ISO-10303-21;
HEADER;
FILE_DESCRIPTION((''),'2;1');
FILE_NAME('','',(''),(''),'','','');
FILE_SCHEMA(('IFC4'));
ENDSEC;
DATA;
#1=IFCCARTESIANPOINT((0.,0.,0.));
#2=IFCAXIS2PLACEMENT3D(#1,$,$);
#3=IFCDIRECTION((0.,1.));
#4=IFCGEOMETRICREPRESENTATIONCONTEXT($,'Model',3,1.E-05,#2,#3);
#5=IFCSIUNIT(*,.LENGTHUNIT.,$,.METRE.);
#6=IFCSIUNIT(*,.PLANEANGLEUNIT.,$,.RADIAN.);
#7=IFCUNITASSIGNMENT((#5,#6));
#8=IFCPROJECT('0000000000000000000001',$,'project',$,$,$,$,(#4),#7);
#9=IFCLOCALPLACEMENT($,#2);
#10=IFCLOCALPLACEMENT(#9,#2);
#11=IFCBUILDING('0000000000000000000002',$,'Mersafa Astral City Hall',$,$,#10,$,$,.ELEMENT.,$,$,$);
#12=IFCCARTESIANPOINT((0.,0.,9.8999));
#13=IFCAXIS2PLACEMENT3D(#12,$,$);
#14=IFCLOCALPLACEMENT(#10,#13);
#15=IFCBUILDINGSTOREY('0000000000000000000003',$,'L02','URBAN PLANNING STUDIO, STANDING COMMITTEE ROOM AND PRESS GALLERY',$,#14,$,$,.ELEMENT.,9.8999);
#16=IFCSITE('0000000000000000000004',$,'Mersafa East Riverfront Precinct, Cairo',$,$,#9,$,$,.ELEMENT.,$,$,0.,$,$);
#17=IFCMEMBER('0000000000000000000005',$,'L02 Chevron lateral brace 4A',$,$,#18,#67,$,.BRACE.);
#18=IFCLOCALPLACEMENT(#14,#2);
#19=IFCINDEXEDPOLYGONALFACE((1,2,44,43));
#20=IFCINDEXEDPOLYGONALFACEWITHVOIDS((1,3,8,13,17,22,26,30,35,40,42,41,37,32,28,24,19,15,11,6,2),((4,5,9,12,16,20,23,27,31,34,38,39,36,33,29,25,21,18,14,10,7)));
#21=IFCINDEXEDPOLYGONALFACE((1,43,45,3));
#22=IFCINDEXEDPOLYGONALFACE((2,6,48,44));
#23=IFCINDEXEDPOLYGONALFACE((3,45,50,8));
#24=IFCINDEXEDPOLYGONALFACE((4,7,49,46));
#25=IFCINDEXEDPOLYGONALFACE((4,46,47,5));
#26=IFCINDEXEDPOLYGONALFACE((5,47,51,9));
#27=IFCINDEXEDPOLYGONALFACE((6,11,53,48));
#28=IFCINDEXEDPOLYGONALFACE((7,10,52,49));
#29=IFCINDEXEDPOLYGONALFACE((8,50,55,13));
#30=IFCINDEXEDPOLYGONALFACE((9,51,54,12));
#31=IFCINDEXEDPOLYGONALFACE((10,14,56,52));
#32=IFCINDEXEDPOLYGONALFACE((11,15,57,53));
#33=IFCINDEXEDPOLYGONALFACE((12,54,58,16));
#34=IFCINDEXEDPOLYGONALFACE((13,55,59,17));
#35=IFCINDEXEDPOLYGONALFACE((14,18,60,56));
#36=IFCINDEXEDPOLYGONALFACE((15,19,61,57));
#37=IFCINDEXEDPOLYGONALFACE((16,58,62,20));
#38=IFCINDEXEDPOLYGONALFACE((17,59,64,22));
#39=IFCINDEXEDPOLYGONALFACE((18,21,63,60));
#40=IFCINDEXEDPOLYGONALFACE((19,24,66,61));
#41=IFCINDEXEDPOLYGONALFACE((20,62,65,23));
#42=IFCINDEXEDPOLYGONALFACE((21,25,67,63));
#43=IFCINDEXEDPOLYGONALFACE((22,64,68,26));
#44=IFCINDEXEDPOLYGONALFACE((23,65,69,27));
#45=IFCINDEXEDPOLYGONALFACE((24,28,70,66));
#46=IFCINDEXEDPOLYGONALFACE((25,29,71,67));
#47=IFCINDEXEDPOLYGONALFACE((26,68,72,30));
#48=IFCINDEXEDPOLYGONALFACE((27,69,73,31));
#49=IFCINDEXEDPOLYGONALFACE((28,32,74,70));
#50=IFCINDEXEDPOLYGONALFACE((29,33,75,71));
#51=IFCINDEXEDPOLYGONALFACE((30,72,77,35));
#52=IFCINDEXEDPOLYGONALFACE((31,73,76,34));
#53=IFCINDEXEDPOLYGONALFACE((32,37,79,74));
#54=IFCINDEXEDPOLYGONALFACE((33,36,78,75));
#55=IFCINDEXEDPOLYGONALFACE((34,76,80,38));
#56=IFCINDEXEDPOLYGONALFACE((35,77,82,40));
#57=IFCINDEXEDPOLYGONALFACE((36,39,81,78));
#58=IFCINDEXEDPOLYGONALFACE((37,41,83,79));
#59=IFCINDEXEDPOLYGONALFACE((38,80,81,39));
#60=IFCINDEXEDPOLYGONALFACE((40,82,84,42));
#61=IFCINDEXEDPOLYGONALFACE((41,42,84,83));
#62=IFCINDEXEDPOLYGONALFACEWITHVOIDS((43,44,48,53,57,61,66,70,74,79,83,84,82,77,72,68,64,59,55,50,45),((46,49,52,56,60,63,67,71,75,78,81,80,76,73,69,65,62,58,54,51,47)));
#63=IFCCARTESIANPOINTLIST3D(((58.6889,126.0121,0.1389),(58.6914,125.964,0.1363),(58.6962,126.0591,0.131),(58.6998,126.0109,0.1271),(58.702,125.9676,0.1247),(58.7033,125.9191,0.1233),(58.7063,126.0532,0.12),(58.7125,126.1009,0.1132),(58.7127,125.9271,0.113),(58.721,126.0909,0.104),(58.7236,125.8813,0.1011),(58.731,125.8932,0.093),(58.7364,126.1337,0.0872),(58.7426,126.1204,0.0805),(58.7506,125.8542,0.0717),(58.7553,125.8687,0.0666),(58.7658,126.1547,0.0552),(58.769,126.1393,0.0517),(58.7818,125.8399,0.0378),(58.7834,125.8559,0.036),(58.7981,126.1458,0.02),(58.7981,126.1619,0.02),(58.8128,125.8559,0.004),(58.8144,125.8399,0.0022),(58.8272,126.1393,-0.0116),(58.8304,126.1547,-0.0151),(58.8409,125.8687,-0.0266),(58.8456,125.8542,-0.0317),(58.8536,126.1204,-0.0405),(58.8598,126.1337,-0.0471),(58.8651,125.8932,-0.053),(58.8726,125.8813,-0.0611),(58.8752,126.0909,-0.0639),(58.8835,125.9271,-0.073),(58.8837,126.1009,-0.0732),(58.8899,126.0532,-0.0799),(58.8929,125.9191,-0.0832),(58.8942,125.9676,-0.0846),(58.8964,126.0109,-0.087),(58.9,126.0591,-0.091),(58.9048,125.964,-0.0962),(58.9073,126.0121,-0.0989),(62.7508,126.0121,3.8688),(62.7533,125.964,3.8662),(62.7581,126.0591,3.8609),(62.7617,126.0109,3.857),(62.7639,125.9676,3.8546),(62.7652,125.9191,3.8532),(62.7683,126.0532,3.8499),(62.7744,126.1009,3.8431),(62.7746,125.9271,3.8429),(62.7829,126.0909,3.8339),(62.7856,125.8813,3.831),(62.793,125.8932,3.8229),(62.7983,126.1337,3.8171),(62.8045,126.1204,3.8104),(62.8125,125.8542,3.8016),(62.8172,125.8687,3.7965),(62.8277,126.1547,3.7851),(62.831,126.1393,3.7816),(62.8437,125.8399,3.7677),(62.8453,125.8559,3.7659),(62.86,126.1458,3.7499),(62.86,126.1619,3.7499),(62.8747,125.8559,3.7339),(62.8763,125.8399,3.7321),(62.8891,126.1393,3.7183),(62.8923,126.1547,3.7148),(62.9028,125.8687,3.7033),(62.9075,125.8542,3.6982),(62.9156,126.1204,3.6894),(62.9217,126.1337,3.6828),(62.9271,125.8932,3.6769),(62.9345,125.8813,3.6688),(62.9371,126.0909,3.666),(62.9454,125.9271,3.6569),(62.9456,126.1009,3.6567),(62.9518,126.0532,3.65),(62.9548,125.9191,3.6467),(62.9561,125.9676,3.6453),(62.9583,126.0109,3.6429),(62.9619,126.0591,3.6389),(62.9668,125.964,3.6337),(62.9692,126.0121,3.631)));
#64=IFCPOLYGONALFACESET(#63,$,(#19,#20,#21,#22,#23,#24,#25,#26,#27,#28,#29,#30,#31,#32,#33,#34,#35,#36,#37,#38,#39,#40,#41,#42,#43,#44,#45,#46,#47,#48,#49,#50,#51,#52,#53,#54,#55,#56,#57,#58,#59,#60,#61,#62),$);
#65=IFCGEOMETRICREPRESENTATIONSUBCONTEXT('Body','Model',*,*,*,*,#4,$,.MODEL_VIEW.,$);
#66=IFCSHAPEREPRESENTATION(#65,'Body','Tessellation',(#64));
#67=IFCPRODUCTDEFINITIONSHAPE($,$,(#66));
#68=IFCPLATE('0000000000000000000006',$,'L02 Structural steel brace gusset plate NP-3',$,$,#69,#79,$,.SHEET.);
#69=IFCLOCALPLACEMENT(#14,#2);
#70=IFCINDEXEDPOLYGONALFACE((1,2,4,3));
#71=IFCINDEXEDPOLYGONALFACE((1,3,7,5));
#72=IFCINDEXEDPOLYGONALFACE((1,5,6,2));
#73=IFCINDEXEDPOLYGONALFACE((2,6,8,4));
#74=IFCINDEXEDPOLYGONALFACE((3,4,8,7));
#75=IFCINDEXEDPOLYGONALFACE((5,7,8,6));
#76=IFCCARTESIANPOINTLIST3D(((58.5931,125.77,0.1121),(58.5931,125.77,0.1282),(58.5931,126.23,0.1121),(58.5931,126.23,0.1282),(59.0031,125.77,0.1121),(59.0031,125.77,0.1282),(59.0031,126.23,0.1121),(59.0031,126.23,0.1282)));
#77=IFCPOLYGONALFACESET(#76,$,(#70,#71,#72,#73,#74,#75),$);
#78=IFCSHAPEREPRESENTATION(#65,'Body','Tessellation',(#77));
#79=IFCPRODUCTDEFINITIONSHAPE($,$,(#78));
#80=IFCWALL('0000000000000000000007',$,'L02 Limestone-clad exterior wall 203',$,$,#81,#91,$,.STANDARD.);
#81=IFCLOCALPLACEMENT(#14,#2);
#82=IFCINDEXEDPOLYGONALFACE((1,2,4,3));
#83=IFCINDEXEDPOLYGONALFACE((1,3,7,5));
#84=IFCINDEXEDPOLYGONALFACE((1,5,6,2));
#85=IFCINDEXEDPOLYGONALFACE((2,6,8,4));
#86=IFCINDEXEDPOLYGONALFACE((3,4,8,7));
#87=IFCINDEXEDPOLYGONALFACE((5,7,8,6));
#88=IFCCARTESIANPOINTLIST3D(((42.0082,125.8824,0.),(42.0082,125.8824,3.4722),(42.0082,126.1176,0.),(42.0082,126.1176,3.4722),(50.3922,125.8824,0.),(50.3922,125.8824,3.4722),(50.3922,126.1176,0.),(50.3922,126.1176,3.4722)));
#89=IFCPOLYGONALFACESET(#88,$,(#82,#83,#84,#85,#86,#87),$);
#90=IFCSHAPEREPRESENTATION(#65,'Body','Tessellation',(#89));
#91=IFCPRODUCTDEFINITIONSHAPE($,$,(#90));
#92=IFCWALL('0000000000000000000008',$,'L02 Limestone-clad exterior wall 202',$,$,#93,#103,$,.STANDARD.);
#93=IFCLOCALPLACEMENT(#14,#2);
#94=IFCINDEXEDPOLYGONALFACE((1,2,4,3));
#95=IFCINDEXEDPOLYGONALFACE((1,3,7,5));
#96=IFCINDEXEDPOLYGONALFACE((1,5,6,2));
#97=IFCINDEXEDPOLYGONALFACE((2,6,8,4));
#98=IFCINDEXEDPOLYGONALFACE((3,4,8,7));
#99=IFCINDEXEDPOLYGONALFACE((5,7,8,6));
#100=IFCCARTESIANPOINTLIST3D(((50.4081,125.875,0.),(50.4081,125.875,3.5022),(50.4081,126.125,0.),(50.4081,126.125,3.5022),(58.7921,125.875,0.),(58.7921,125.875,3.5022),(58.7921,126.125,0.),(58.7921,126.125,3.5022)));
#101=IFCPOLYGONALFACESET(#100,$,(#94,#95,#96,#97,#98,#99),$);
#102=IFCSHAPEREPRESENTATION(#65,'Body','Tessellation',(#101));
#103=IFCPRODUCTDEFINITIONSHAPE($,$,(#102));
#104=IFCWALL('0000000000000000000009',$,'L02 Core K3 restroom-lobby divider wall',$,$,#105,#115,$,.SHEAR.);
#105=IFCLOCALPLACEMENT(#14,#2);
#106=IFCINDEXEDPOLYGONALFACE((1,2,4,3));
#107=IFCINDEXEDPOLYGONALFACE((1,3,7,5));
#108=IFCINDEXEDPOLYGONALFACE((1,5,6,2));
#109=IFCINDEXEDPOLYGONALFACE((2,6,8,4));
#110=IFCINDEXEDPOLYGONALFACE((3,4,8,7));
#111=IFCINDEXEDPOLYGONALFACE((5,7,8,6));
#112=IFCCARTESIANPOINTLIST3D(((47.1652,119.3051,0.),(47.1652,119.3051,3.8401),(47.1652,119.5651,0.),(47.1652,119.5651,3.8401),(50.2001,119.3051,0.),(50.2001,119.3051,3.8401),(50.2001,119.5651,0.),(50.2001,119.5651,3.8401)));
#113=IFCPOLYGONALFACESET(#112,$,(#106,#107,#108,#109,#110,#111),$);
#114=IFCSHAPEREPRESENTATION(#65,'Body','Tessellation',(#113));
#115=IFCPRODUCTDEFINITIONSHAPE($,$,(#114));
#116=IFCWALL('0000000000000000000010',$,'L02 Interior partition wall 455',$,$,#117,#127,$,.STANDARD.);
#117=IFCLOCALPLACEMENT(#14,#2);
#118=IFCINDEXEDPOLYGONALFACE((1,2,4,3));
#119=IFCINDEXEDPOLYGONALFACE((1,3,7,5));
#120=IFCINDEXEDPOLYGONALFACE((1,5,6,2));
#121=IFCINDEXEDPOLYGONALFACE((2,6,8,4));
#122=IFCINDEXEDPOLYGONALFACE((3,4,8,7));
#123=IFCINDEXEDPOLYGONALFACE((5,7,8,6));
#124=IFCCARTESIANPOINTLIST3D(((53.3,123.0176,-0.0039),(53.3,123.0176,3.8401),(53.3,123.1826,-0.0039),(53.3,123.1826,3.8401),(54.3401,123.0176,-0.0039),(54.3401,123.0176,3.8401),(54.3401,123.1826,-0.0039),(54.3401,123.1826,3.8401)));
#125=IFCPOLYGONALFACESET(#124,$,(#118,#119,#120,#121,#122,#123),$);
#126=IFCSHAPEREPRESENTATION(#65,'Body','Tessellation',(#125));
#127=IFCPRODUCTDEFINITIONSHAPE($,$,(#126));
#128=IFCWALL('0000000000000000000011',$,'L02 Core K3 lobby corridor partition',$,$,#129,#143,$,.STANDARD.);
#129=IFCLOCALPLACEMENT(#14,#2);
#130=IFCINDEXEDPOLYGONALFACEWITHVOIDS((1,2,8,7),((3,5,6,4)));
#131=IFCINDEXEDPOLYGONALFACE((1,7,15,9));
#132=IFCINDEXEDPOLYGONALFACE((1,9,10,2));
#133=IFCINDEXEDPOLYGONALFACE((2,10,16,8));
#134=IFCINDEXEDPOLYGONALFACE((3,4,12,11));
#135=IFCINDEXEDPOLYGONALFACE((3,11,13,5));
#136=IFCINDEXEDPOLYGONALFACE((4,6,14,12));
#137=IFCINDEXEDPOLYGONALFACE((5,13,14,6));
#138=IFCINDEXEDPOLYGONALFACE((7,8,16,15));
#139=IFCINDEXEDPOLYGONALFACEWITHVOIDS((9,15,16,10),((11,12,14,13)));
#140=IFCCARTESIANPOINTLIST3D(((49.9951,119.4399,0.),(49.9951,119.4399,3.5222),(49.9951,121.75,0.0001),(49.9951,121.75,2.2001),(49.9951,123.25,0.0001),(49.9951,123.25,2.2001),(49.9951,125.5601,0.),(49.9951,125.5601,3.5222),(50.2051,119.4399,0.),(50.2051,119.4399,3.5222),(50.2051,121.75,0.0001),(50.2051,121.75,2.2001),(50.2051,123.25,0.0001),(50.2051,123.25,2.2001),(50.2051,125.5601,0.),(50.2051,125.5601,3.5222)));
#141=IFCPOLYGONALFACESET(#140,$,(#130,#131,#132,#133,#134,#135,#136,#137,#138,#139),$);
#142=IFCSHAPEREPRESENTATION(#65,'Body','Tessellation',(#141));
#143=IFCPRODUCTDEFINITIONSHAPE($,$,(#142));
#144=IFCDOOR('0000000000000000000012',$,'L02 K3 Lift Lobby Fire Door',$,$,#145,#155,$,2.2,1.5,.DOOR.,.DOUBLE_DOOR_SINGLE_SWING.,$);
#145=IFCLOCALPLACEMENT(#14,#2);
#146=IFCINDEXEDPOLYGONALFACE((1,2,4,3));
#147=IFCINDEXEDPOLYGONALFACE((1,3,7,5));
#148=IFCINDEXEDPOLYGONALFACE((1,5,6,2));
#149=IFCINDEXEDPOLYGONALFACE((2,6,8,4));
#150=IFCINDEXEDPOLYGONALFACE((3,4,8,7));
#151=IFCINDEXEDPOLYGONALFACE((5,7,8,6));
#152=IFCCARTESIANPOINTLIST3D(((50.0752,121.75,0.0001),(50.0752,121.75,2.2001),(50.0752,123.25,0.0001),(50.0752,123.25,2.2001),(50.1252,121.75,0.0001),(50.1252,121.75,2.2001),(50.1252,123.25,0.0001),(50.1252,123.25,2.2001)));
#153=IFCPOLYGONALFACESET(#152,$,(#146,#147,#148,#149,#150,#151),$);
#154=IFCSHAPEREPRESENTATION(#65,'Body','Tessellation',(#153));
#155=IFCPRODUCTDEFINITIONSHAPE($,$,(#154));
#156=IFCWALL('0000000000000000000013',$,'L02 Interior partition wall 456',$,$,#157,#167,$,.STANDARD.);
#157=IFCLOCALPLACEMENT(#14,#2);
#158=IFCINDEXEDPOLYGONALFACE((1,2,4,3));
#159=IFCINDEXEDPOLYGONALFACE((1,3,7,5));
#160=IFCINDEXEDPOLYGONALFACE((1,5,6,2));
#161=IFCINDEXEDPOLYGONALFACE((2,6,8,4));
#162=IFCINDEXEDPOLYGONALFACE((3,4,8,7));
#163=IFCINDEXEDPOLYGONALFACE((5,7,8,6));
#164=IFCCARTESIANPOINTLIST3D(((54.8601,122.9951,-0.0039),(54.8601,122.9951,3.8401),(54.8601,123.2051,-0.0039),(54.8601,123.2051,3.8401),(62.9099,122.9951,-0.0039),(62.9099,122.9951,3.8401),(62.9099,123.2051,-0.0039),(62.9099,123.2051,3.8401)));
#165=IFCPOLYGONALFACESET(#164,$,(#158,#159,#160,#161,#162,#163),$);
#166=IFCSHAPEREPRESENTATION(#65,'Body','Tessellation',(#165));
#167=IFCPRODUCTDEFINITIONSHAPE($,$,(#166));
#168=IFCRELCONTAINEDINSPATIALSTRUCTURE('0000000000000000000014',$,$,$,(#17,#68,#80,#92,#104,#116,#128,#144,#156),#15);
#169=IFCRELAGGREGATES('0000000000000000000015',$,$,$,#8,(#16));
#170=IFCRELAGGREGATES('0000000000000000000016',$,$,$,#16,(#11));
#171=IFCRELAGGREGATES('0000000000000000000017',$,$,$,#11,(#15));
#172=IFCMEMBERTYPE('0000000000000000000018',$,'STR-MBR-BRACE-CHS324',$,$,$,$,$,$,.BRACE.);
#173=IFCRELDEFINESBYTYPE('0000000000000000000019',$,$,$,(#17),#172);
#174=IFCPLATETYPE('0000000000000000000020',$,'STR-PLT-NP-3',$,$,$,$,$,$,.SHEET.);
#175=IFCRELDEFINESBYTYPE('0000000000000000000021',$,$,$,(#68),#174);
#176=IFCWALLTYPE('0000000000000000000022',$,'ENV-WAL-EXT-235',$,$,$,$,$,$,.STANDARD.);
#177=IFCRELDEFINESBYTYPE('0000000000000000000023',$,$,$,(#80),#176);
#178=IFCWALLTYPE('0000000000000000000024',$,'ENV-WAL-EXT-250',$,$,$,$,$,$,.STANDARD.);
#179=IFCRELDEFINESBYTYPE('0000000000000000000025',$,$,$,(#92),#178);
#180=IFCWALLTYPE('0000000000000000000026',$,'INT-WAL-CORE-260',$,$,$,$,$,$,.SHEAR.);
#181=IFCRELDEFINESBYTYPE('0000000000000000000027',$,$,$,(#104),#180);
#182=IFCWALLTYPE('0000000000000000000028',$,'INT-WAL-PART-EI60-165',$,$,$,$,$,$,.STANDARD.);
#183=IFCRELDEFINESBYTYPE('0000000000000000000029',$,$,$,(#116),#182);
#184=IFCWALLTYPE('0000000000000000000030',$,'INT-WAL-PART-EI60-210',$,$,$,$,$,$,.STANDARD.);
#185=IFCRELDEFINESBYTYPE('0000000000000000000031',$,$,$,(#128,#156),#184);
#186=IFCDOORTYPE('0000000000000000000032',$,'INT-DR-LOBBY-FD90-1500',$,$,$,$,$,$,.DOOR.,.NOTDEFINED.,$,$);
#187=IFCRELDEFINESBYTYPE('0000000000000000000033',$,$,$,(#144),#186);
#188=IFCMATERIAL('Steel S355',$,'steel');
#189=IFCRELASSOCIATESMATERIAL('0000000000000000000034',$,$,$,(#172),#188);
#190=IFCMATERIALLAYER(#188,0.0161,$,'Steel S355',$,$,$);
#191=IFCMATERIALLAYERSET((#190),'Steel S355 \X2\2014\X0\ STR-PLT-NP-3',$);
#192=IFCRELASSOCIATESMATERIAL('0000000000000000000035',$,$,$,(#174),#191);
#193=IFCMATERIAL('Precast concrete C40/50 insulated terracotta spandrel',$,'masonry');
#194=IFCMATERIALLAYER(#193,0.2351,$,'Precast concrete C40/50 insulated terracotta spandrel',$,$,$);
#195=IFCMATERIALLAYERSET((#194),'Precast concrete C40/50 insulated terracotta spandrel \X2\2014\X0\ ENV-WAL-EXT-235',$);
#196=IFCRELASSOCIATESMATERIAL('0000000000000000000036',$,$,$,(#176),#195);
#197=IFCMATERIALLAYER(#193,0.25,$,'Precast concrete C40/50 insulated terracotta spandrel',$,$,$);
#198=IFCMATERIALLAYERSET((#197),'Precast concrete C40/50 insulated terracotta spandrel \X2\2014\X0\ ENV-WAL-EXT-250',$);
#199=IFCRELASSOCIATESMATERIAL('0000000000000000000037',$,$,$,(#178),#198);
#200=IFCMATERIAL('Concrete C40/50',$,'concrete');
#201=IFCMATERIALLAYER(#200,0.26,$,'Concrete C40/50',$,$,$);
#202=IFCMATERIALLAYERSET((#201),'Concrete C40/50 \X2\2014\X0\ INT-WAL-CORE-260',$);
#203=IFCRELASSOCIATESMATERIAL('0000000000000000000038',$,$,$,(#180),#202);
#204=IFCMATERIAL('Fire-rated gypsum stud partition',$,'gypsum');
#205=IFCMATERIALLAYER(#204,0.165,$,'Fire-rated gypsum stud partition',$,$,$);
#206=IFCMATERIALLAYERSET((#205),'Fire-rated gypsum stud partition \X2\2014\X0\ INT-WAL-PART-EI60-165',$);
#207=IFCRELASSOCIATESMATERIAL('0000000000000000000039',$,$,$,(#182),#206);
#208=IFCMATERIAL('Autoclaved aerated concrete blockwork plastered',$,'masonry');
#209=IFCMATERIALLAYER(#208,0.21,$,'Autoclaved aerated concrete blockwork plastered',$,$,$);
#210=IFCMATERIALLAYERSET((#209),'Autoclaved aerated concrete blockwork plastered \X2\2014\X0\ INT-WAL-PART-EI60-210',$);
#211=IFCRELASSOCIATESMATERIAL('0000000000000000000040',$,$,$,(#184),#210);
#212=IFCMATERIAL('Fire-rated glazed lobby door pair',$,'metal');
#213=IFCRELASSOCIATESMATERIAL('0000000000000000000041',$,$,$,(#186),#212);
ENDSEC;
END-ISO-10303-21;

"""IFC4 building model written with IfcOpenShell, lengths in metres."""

from ifc_helpers import new_model, si_unit, direction, frame, frame_2d, origin, origin_2d, place, context, subcontext, project, spatial, rectangle, hollow_circle, extrude, material, layer, layer_set, material_profile, profile_set, type_object, element, fill, save


model = new_model("IFC4")

# Units and contexts
model_context = context("Model", 3, precision=1e-05, world=origin(), true_north=direction((0.0, 1.0)))
body_context = subcontext(model_context, "Body", "Model", "MODEL_VIEW")
ifc_project = project(units=[si_unit("LENGTHUNIT", "METRE"), si_unit("PLANEANGLEUNIT", "RADIAN")], contexts=[model_context])

# Site, building, storey
site_placement = place(None, origin())
site = spatial("IfcSite", under=ifc_project, at=site_placement, Name="Mersafa East Riverfront Precinct, Cairo", CompositionType="ELEMENT", RefElevation=0.0)
building_placement = place(site_placement, origin())
building = spatial("IfcBuilding", under=site, at=building_placement, Name="Mersafa Astral City Hall", CompositionType="ELEMENT")
storey_placement = place(building_placement, frame((0.0, 0.0, 9.8999)))
storey = spatial("IfcBuildingStorey", under=building, at=storey_placement, Name="L02", Description="URBAN PLANNING STUDIO, STANDING COMMITTEE ROOM AND PRESS GALLERY", CompositionType="ELEMENT", Elevation=9.8999)

# Shared definitions
ifc_material_1 = material(Name="Steel S355", Category="steel")

# Member
ifc_material_profile_1 = material_profile(ifc_material_1, hollow_circle(Radius=0.1619, WallThickness=0.0161, at=origin_2d()), Name="CHS 323.9x16")
ifc_profile_set_1 = profile_set([ifc_material_profile_1], Name="Steel S355")
member_type_1 = type_object("IfcMemberType", Name="STR-MBR-BRACE-CHS324", PredefinedType="BRACE", material=ifc_profile_set_1)
member_1_placement = place(storey_placement, frame((58.7981, 126.0, 0.02), z_axis=(0.736569, 0.0, 0.676362), x_axis=(0.0, 1.0, 0.0)))
element("IfcMember", 1, at=member_1_placement, inside=storey, type_object=member_type_1, Name="L02 Chevron lateral brace 4A", PredefinedType="BRACE", context=body_context, shape_type="SweptSolid", body=[
    extrude(hollow_circle(Radius=0.1619, WallThickness=0.0161, at=origin_2d()), origin(), (0.0, 0.0, 1.0), 5.5146),
])

# Plate
ifc_layer_1 = layer(ifc_material_1, 0.0161, Name="Steel S355")
ifc_layer_set_1 = layer_set([ifc_layer_1], Name="Steel S355 — STR-PLT-NP-3")
plate_type = type_object("IfcPlateType", Name="STR-PLT-NP-3", PredefinedType="SHEET", material=ifc_layer_set_1)
plate_placement = place(storey_placement, frame((58.7981, 126.0, 0.1121), z_axis=(0.0, 0.0, 1.0), x_axis=(1.0, 0.0, 0.0)))
element("IfcPlate", 2, at=plate_placement, inside=storey, type_object=plate_type, Name="L02 Structural steel brace gusset plate NP-3", PredefinedType="SHEET", context=body_context, shape_type="SweptSolid", body=[
    extrude(rectangle(XDim=0.4099, YDim=0.46, at=origin_2d()), origin(), (0.0, 0.0, 1.0), 0.0161),
])

# Walls
ifc_material_2 = material(Name="Precast concrete C40/50 insulated terracotta spandrel", Category="masonry")
ifc_layer_2 = layer(ifc_material_2, 0.2351, Name="Precast concrete C40/50 insulated terracotta spandrel")
ifc_layer_set_2 = layer_set([ifc_layer_2], Name="Precast concrete C40/50 insulated terracotta spandrel — ENV-WAL-EXT-235")
wall_type_1 = type_object("IfcWallType", Name="ENV-WAL-EXT-235", PredefinedType="STANDARD", material=ifc_layer_set_2)
wall_1_placement = place(storey_placement, frame((50.3921, 126.0, 0.0), z_axis=(0.0, 0.0, 1.0), x_axis=(-1.0, 0.0, 0.0)))
element("IfcWall", 3, at=wall_1_placement, inside=storey, type_object=wall_type_1, Name="L02 Limestone-clad exterior wall 203", PredefinedType="STANDARD", context=body_context, shape_type="SweptSolid", body=[
    extrude(rectangle(XDim=8.384, YDim=0.2351, at=frame_2d((4.1919, 0.0))), origin(), (0.0, 0.0, 1.0), 3.4722),
])
ifc_layer_3 = layer(ifc_material_2, 0.25, Name="Precast concrete C40/50 insulated terracotta spandrel")
ifc_layer_set_3 = layer_set([ifc_layer_3], Name="Precast concrete C40/50 insulated terracotta spandrel — ENV-WAL-EXT-250")
wall_type_2 = type_object("IfcWallType", Name="ENV-WAL-EXT-250", PredefinedType="STANDARD", material=ifc_layer_set_3)
wall_2_placement = place(storey_placement, frame((58.792, 126.0, 0.0), z_axis=(0.0, 0.0, 1.0), x_axis=(-1.0, 0.0, 0.0)))
element("IfcWall", 4, at=wall_2_placement, inside=storey, type_object=wall_type_2, Name="L02 Limestone-clad exterior wall 202", PredefinedType="STANDARD", context=body_context, shape_type="SweptSolid", body=[
    extrude(rectangle(XDim=8.384, YDim=0.25, at=frame_2d((4.1919, 0.0))), origin(), (0.0, 0.0, 1.0), 3.5022),
])
ifc_material_3 = material(Name="Concrete C40/50", Category="concrete")
ifc_layer_4 = layer(ifc_material_3, 0.26, Name="Concrete C40/50")
ifc_layer_set_4 = layer_set([ifc_layer_4], Name="Concrete C40/50 — INT-WAL-CORE-260")
wall_type_3 = type_object("IfcWallType", Name="INT-WAL-CORE-260", PredefinedType="SHEAR", material=ifc_layer_set_4)
wall_3_placement = place(storey_placement, frame((47.165, 119.4351, 0.0), z_axis=(0.0, 0.0, 1.0), x_axis=(1.0, 0.0, 0.0)))
element("IfcWall", 5, at=wall_3_placement, inside=storey, type_object=wall_type_3, Name="L02 Core K3 restroom-lobby divider wall", PredefinedType="SHEAR", context=body_context, shape_type="SweptSolid", body=[
    extrude(rectangle(XDim=3.0349, YDim=0.26, at=frame_2d((1.5176, 0.0))), origin(), (0.0, 0.0, 1.0), 3.8401),
])
ifc_material_4 = material(Name="Fire-rated gypsum stud partition", Category="gypsum")
ifc_layer_5 = layer(ifc_material_4, 0.165, Name="Fire-rated gypsum stud partition")
ifc_layer_set_5 = layer_set([ifc_layer_5], Name="Fire-rated gypsum stud partition — INT-WAL-PART-EI60-165")
wall_type_4 = type_object("IfcWallType", Name="INT-WAL-PART-EI60-165", PredefinedType="STANDARD", material=ifc_layer_set_5)
wall_4_placement = place(storey_placement, frame((53.3, 123.1001, -0.0039), z_axis=(0.0, 0.0, 1.0), x_axis=(1.0, 0.0, 0.0)))
element("IfcWall", 6, at=wall_4_placement, inside=storey, type_object=wall_type_4, Name="L02 Interior partition wall 455", PredefinedType="STANDARD", context=body_context, shape_type="SweptSolid", body=[
    extrude(rectangle(XDim=1.04, YDim=0.165, at=frame_2d((0.52, 0.0))), origin(), (0.0, 0.0, 1.0), 3.844),
])

# Wall, opening, door
ifc_material_5 = material(Name="Autoclaved aerated concrete blockwork plastered", Category="masonry")
ifc_layer_6 = layer(ifc_material_5, 0.21, Name="Autoclaved aerated concrete blockwork plastered")
ifc_layer_set_6 = layer_set([ifc_layer_6], Name="Autoclaved aerated concrete blockwork plastered — INT-WAL-PART-EI60-210")
wall_type_5 = type_object("IfcWallType", Name="INT-WAL-PART-EI60-210", PredefinedType="STANDARD", material=ifc_layer_set_6)
wall_5_placement = place(storey_placement, frame((50.1001, 119.4399, 0.0), z_axis=(0.0, 0.0, 1.0), x_axis=(0.0, 1.0, 0.0)))
wall_5 = element("IfcWall", 7, at=wall_5_placement, inside=storey, type_object=wall_type_5, Name="L02 Core K3 lobby corridor partition", PredefinedType="STANDARD", context=body_context, shape_type="SweptSolid", body=[
    extrude(rectangle(XDim=6.1201, YDim=0.21, at=frame_2d((3.0601, 0.0))), origin(), (0.0, 0.0, 1.0), 3.5222),
])
opening_placement = place(wall_5_placement, frame((2.3101, 0.0, 0.0)))
opening = element("IfcOpeningElement", 8, at=opening_placement, cuts=wall_5, PredefinedType="OPENING", context=body_context, shape_type="SweptSolid", body=[
    extrude(rectangle(XDim=1.5, YDim=2.2, at=frame_2d((0.75, 1.1001))), frame((0.0, 0.115, 0.0), z_axis=(0.0, -1.0, 0.0), x_axis=(1.0, 0.0, 0.0)), (0.0, 0.0, 1.0), 0.23),
])
ifc_material_6 = material(Name="Fire-rated glazed lobby door pair", Category="metal")
door_type = type_object("IfcDoorType", Name="INT-DR-LOBBY-FD90-1500", OperationType="NOTDEFINED", PredefinedType="DOOR", material=ifc_material_6)
door_placement = place(opening_placement, origin())
door = element("IfcDoor", 9, at=door_placement, inside=storey, type_object=door_type, Name="L02 K3 Lift Lobby Fire Door", OperationType="DOUBLE_DOOR_SINGLE_SWING", OverallHeight=2.2, OverallWidth=1.5, PredefinedType="DOOR", context=body_context, shape_type="SweptSolid", body=[
    extrude(rectangle(XDim=1.5, YDim=2.2, at=frame_2d((0.75, 1.1001))), frame((0.0, 0.0249, 0.0), z_axis=(0.0, -1.0, 0.0), x_axis=(1.0, 0.0, 0.0)), (0.0, 0.0, 1.0), 0.05),
])
fill(opening, door)

# Wall
wall_6_placement = place(storey_placement, frame((54.8601, 123.1001, -0.0039), z_axis=(0.0, 0.0, 1.0), x_axis=(1.0, 0.0, 0.0)))
element("IfcWall", 10, at=wall_6_placement, inside=storey, type_object=wall_type_5, Name="L02 Interior partition wall 456", PredefinedType="STANDARD", context=body_context, shape_type="SweptSolid", body=[
    extrude(rectangle(XDim=8.0498, YDim=0.21, at=frame_2d((4.0249, 0.0))), origin(), (0.0, 0.0, 1.0), 3.844),
])

save(model, "model.ifc")
